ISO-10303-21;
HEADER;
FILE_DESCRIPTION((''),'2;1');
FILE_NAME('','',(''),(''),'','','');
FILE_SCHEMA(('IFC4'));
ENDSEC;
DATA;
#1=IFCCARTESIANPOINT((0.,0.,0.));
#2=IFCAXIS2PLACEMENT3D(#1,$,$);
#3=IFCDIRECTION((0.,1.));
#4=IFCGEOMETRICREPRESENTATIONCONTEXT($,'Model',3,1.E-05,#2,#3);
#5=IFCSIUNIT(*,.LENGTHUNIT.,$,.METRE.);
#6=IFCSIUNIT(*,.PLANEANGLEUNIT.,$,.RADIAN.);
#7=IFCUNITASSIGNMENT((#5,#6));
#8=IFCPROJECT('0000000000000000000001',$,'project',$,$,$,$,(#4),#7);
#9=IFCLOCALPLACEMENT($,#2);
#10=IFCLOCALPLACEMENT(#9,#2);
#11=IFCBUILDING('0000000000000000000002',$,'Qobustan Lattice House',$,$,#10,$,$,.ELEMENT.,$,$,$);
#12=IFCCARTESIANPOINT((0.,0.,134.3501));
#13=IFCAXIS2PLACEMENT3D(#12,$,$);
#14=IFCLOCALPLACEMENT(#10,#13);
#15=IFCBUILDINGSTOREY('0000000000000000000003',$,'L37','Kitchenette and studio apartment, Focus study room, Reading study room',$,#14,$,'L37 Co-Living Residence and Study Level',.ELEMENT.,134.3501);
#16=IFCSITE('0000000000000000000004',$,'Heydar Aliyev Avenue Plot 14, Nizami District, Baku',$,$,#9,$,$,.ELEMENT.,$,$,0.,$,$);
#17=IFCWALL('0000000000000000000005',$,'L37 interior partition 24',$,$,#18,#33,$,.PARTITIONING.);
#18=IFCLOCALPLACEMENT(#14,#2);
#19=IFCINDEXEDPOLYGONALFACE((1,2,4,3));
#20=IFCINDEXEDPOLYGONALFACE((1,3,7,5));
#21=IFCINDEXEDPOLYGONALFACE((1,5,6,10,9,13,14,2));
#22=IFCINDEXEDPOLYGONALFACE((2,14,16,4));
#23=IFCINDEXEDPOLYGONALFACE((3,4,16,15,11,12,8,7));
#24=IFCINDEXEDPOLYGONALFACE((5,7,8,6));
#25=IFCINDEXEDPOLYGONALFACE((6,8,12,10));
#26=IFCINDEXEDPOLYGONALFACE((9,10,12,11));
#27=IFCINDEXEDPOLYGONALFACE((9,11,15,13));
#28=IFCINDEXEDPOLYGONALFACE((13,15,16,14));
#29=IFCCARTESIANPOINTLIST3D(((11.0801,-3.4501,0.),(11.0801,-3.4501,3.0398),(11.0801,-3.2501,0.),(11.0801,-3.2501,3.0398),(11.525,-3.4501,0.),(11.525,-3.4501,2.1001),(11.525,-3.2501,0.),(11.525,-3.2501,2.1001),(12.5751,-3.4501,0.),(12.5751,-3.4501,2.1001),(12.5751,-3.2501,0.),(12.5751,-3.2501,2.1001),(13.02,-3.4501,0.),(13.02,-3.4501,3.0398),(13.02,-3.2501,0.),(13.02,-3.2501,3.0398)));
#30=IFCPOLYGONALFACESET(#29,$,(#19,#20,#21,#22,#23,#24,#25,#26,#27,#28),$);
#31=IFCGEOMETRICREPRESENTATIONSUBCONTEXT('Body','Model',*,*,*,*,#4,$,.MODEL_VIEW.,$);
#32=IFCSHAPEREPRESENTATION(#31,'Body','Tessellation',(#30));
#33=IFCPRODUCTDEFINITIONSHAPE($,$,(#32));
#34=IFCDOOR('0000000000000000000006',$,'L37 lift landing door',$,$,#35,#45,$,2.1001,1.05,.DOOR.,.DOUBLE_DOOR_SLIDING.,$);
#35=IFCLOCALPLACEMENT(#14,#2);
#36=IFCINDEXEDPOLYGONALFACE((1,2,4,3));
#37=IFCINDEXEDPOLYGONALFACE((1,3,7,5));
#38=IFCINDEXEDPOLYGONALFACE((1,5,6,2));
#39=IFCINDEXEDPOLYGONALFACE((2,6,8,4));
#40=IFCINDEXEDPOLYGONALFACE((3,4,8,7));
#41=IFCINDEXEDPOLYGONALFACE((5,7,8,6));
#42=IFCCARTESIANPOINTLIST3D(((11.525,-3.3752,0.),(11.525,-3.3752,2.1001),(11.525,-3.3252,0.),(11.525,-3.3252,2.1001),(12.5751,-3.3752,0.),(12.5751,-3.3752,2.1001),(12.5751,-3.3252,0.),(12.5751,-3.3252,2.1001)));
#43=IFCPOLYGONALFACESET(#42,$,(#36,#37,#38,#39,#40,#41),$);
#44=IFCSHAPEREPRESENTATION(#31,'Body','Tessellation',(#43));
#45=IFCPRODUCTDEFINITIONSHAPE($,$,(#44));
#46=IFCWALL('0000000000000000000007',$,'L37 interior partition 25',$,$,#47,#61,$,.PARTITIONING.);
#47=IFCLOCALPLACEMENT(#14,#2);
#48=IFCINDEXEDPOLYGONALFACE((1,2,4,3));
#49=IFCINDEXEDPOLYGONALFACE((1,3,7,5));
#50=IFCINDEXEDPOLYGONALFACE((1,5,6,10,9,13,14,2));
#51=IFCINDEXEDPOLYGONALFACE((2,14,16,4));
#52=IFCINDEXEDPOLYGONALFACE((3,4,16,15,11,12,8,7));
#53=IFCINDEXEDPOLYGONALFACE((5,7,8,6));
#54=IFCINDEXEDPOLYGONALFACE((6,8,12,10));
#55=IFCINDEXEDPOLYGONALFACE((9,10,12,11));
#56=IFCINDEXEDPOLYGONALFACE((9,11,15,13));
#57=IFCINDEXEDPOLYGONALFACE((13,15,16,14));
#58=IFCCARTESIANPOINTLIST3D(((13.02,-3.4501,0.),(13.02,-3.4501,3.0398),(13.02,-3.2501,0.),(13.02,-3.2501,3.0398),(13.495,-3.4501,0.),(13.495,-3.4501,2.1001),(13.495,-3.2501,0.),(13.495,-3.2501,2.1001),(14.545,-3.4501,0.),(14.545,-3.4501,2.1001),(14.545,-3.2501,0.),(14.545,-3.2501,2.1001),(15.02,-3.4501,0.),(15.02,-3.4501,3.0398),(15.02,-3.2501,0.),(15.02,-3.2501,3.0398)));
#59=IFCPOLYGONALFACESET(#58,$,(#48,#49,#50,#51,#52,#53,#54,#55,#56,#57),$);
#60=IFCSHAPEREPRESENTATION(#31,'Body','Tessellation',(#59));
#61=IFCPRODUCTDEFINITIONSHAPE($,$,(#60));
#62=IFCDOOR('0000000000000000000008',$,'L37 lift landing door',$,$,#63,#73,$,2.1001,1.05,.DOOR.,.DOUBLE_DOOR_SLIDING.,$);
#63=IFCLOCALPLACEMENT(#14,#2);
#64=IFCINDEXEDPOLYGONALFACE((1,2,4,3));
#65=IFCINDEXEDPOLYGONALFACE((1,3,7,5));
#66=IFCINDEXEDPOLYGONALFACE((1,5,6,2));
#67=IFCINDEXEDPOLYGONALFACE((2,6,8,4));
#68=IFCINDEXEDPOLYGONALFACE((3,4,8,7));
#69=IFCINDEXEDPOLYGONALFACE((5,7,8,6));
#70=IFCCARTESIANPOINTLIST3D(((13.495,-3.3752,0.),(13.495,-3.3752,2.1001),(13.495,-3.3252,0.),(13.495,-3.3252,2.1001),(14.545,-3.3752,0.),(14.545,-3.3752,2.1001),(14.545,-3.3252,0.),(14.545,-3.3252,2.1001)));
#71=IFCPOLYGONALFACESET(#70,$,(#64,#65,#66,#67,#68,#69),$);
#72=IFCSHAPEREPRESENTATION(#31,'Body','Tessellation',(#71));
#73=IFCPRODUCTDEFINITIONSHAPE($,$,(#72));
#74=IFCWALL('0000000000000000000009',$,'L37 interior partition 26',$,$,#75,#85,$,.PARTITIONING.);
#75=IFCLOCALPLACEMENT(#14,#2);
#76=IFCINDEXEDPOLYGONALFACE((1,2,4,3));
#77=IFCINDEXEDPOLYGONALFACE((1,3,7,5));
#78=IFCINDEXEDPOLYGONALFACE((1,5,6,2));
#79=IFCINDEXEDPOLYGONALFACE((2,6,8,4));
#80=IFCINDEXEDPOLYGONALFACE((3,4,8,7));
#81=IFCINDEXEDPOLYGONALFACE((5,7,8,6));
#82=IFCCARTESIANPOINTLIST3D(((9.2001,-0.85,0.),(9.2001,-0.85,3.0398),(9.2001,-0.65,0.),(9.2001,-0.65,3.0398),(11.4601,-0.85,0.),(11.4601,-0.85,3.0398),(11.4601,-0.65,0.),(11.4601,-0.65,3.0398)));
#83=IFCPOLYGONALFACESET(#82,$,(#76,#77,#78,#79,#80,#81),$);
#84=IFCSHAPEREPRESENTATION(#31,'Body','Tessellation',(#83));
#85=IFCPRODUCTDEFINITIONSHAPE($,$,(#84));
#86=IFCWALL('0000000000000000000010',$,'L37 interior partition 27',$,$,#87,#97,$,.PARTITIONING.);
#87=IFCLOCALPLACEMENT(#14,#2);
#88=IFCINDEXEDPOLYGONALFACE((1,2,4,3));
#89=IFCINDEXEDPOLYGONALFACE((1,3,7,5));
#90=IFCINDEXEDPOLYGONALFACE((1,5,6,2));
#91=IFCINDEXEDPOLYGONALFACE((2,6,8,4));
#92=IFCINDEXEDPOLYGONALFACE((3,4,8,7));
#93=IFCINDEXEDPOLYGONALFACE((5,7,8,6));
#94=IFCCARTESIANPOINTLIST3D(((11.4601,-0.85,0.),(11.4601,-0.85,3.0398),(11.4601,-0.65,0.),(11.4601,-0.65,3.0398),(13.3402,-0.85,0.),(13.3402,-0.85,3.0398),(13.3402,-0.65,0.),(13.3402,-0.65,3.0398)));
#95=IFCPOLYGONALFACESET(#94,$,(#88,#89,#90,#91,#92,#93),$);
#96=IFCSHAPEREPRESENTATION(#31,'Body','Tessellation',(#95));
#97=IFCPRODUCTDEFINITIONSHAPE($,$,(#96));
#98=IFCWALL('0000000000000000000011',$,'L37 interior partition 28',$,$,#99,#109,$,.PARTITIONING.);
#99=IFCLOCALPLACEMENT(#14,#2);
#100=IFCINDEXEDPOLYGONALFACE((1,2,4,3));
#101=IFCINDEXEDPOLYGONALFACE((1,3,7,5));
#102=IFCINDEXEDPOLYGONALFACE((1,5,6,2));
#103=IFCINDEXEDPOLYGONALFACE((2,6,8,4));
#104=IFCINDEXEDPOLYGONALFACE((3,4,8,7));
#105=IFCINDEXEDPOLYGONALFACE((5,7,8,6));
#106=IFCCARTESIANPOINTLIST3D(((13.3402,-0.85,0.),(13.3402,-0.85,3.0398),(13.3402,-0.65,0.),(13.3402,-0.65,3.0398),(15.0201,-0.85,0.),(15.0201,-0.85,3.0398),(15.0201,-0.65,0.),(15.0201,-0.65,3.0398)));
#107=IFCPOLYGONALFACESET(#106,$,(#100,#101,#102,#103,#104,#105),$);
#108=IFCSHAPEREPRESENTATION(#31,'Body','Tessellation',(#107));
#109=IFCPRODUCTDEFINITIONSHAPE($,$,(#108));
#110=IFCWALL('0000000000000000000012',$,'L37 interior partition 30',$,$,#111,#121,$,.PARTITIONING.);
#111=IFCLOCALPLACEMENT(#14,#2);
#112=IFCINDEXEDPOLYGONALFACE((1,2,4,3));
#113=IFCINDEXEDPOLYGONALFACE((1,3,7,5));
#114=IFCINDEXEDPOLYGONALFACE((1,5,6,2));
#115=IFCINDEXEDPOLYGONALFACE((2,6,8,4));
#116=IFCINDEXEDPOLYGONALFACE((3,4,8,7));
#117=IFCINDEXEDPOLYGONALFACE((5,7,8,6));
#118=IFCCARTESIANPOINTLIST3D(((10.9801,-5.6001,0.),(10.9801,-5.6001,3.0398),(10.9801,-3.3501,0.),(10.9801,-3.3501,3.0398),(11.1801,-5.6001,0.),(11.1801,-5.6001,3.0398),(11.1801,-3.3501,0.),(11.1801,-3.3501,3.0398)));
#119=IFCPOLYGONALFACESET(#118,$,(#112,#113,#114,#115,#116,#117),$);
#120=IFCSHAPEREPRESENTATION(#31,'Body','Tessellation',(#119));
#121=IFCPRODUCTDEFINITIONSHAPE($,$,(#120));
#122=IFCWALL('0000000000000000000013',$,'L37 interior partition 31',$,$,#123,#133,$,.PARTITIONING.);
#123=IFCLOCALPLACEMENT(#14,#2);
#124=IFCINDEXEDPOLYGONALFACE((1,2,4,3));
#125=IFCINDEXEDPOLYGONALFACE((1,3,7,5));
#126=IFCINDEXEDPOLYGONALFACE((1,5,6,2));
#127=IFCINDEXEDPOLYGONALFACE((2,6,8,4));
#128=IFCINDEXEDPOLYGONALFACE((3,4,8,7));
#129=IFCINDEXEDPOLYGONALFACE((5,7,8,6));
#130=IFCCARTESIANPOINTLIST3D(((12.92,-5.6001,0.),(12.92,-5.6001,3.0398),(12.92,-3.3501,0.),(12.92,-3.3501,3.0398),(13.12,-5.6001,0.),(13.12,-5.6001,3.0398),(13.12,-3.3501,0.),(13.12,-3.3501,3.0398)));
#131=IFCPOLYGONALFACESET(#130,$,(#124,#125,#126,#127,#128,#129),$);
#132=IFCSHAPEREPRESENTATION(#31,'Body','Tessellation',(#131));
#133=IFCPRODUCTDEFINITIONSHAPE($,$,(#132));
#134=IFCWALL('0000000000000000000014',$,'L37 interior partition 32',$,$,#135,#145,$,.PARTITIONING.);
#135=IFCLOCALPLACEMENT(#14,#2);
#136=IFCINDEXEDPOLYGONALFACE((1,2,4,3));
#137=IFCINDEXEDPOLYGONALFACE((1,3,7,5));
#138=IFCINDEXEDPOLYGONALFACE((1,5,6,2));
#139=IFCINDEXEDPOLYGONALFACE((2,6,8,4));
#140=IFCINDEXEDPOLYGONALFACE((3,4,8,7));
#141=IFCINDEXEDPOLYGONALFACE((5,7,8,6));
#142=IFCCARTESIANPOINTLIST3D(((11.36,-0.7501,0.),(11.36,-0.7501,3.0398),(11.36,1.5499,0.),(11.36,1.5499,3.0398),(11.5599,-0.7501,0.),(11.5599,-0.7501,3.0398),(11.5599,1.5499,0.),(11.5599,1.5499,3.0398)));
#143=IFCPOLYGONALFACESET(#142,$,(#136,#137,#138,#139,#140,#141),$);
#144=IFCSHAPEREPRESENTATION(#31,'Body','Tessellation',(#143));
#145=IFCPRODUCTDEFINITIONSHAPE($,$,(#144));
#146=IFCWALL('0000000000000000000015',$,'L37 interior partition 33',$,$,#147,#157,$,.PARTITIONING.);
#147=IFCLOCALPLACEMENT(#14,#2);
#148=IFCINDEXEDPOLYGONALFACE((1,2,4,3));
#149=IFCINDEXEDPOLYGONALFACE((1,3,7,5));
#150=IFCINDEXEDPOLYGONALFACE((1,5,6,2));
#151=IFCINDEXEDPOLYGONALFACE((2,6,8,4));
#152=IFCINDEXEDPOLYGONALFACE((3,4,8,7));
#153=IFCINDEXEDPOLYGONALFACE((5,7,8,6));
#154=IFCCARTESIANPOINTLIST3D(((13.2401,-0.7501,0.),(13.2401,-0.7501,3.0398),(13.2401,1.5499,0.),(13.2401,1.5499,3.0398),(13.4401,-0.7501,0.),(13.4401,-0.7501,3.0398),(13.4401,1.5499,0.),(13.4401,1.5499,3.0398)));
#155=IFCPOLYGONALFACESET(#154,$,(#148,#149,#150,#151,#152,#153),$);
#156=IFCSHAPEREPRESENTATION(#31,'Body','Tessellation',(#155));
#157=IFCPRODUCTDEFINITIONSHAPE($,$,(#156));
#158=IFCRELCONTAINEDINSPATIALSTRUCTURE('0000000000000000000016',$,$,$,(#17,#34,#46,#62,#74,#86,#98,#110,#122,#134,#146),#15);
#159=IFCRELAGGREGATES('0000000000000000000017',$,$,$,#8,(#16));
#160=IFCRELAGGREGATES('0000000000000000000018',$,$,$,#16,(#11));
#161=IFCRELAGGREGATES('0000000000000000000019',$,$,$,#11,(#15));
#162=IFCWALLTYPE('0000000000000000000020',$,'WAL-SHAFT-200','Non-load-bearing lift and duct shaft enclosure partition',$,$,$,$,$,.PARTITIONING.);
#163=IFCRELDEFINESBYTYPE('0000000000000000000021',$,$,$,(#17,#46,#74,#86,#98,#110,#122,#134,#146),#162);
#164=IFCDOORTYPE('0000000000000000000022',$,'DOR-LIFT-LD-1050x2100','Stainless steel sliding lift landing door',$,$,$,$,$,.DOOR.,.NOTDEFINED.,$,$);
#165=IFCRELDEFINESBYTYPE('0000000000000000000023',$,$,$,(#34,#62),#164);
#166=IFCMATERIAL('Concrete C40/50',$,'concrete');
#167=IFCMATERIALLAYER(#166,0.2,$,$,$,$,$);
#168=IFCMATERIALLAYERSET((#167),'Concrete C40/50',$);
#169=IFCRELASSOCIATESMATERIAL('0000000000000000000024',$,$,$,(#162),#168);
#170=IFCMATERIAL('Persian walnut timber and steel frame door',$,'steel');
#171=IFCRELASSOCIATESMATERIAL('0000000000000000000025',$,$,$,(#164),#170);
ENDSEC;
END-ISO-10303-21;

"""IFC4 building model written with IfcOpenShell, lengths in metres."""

from ifc_helpers import new_model, si_unit, direction, frame, frame_2d, origin, place, context, subcontext, project, spatial, rectangle, extrude, material, layer, layer_set, type_object, element, fill, save


model = new_model("IFC4")

# Units and contexts
model_context = context("Model", 3, precision=1e-05, world=origin(), true_north=direction((0.0, 1.0)))
body_context = subcontext(model_context, "Body", "Model", "MODEL_VIEW")
ifc_project = project(units=[si_unit("LENGTHUNIT", "METRE"), si_unit("PLANEANGLEUNIT", "RADIAN")], contexts=[model_context])

# Site, building, storey
site_placement = place(None, origin())
site = spatial("IfcSite", under=ifc_project, at=site_placement, Name="Heydar Aliyev Avenue Plot 14, Nizami District, Baku", CompositionType="ELEMENT", RefElevation=0.0)
building_placement = place(site_placement, origin())
building = spatial("IfcBuilding", under=site, at=building_placement, Name="Qobustan Lattice House", CompositionType="ELEMENT")
storey_placement = place(building_placement, frame((0.0, 0.0, 134.3501)))
storey = spatial("IfcBuildingStorey", under=building, at=storey_placement, Name="L37", Description="Kitchenette and studio apartment, Focus study room, Reading study room", LongName="L37 Co-Living Residence and Study Level", CompositionType="ELEMENT", Elevation=134.3501)

# Shared definitions
ifc_material_1 = material(Name="Concrete C40/50", Category="concrete")
ifc_layer_1 = layer(ifc_material_1, 0.2)
ifc_layer_set_1 = layer_set([ifc_layer_1], Name="Concrete C40/50")
wall_type_1 = type_object("IfcWallType", Name="WAL-SHAFT-200", Description="Non-load-bearing lift and duct shaft enclosure partition", PredefinedType="PARTITIONING", material=ifc_layer_set_1)

# Walls, openings, doors
wall_1_placement = place(storey_placement, frame((11.0801, -3.3501, 0.0), z_axis=(0.0, 0.0, 1.0), x_axis=(1.0, 0.0, 0.0)))
wall_1 = element("IfcWall", 1, at=wall_1_placement, inside=storey, type_object=wall_type_1, Name="L37 interior partition 24", PredefinedType="PARTITIONING", context=body_context, shape_type="SweptSolid", body=[
    extrude(rectangle(XDim=1.9399, YDim=0.2, at=frame_2d((0.97, 0.0))), origin(), (0.0, 0.0, 1.0), 3.0398),
])
opening_1_placement = place(wall_1_placement, frame((0.4451, 0.0, 0.0)))
opening_1 = element("IfcOpeningElement", 2, at=opening_1_placement, cuts=wall_1, PredefinedType="OPENING", context=body_context, shape_type="SweptSolid", body=[
    extrude(rectangle(XDim=1.05, YDim=2.1001, at=frame_2d((0.5249, 1.05))), frame((0.0, 0.1099, 0.0), z_axis=(0.0, -1.0, 0.0), x_axis=(1.0, 0.0, 0.0)), (0.0, 0.0, 1.0), 0.22),
])
ifc_material_2 = material(Name="Persian walnut timber and steel frame door", Category="steel")
door_type_1 = type_object("IfcDoorType", Name="DOR-LIFT-LD-1050x2100", Description="Stainless steel sliding lift landing door", OperationType="NOTDEFINED", PredefinedType="DOOR", material=ifc_material_2)
door_1_placement = place(opening_1_placement, origin())
door_1 = element("IfcDoor", 3, at=door_1_placement, inside=storey, type_object=door_type_1, Name="L37 lift landing door", OperationType="DOUBLE_DOOR_SLIDING", OverallHeight=2.1001, OverallWidth=1.05, PredefinedType="DOOR", context=body_context, shape_type="SweptSolid", body=[
    extrude(rectangle(XDim=1.05, YDim=2.1001, at=frame_2d((0.5249, 1.05))), frame((0.0, 0.0249, 0.0), z_axis=(0.0, -1.0, 0.0), x_axis=(1.0, 0.0, 0.0)), (0.0, 0.0, 1.0), 0.05),
])
fill(opening_1, door_1)
wall_2_placement = place(storey_placement, frame((13.02, -3.3501, 0.0), z_axis=(0.0, 0.0, 1.0), x_axis=(1.0, 0.0, 0.0)))
wall_2 = element("IfcWall", 4, at=wall_2_placement, inside=storey, type_object=wall_type_1, Name="L37 interior partition 25", PredefinedType="PARTITIONING", context=body_context, shape_type="SweptSolid", body=[
    extrude(rectangle(XDim=2.0, YDim=0.2, at=frame_2d((1.0, 0.0))), origin(), (0.0, 0.0, 1.0), 3.0398),
])
opening_2_placement = place(wall_2_placement, frame((0.4751, 0.0, 0.0)))
opening_2 = element("IfcOpeningElement", 5, at=opening_2_placement, cuts=wall_2, PredefinedType="OPENING", context=body_context, shape_type="SweptSolid", body=[
    extrude(rectangle(XDim=1.05, YDim=2.1001, at=frame_2d((0.5249, 1.05))), frame((0.0, 0.1099, 0.0), z_axis=(0.0, -1.0, 0.0), x_axis=(1.0, 0.0, 0.0)), (0.0, 0.0, 1.0), 0.22),
])
door_2_placement = place(opening_2_placement, origin())
door_2 = element("IfcDoor", 6, at=door_2_placement, inside=storey, type_object=door_type_1, Name="L37 lift landing door", OperationType="DOUBLE_DOOR_SLIDING", OverallHeight=2.1001, OverallWidth=1.05, PredefinedType="DOOR", context=body_context, shape_type="SweptSolid", body=[
    extrude(rectangle(XDim=1.05, YDim=2.1001, at=frame_2d((0.5249, 1.05))), frame((0.0, 0.0249, 0.0), z_axis=(0.0, -1.0, 0.0), x_axis=(1.0, 0.0, 0.0)), (0.0, 0.0, 1.0), 0.05),
])
fill(opening_2, door_2)

# Walls
wall_3_placement = place(storey_placement, frame((11.46, -0.75, 0.0), z_axis=(0.0, 0.0, 1.0), x_axis=(-1.0, 0.0, 0.0)))
element("IfcWall", 7, at=wall_3_placement, inside=storey, type_object=wall_type_1, Name="L37 interior partition 26", PredefinedType="PARTITIONING", context=body_context, shape_type="SweptSolid", body=[
    extrude(rectangle(XDim=2.26, YDim=0.2, at=frame_2d((1.1299, 0.0))), origin(), (0.0, 0.0, 1.0), 3.0398),
])
wall_4_placement = place(storey_placement, frame((13.3401, -0.75, 0.0), z_axis=(0.0, 0.0, 1.0), x_axis=(-1.0, 0.0, 0.0)))
element("IfcWall", 8, at=wall_4_placement, inside=storey, type_object=wall_type_1, Name="L37 interior partition 27", PredefinedType="PARTITIONING", context=body_context, shape_type="SweptSolid", body=[
    extrude(rectangle(XDim=1.8801, YDim=0.2, at=frame_2d((0.9399, 0.0))), origin(), (0.0, 0.0, 1.0), 3.0398),
])
wall_5_placement = place(storey_placement, frame((15.02, -0.75, 0.0), z_axis=(0.0, 0.0, 1.0), x_axis=(-1.0, 0.0, 0.0)))
element("IfcWall", 9, at=wall_5_placement, inside=storey, type_object=wall_type_1, Name="L37 interior partition 28", PredefinedType="PARTITIONING", context=body_context, shape_type="SweptSolid", body=[
    extrude(rectangle(XDim=1.6799, YDim=0.2, at=frame_2d((0.8398, 0.0))), origin(), (0.0, 0.0, 1.0), 3.0398),
])
for number, where, z_axis, x_axis, name in (
    (10, (11.0801, -5.6001, 0.0), (0.0, 0.0, 1.0), (0.0, 1.0, 0.0), "L37 interior partition 30"),
    (11, (13.02, -5.6001, 0.0), (0.0, 0.0, 1.0), (0.0, 1.0, 0.0), "L37 interior partition 31"),
):
    element("IfcWall", number, at=place(storey_placement, frame(where, z_axis=z_axis, x_axis=x_axis)), inside=storey, type_object=wall_type_1, Name=name, PredefinedType="PARTITIONING", context=body_context, shape_type="SweptSolid", body=[
        extrude(rectangle(XDim=2.25, YDim=0.2, at=frame_2d((1.125, 0.0))), origin(), (0.0, 0.0, 1.0), 3.0398),
    ])
for number, where, z_axis, x_axis, name in (
    (12, (11.46, -0.75, 0.0), (0.0, 0.0, 1.0), (0.0, 1.0, 0.0), "L37 interior partition 32"),
    (13, (13.3401, -0.75, 0.0), (0.0, 0.0, 1.0), (0.0, 1.0, 0.0), "L37 interior partition 33"),
):
    element("IfcWall", number, at=place(storey_placement, frame(where, z_axis=z_axis, x_axis=x_axis)), inside=storey, type_object=wall_type_1, Name=name, PredefinedType="PARTITIONING", context=body_context, shape_type="SweptSolid", body=[
        extrude(rectangle(XDim=2.3, YDim=0.2, at=frame_2d((1.1499, 0.0))), origin(), (0.0, 0.0, 1.0), 3.0398),
    ])

save(model, "model.ifc")
